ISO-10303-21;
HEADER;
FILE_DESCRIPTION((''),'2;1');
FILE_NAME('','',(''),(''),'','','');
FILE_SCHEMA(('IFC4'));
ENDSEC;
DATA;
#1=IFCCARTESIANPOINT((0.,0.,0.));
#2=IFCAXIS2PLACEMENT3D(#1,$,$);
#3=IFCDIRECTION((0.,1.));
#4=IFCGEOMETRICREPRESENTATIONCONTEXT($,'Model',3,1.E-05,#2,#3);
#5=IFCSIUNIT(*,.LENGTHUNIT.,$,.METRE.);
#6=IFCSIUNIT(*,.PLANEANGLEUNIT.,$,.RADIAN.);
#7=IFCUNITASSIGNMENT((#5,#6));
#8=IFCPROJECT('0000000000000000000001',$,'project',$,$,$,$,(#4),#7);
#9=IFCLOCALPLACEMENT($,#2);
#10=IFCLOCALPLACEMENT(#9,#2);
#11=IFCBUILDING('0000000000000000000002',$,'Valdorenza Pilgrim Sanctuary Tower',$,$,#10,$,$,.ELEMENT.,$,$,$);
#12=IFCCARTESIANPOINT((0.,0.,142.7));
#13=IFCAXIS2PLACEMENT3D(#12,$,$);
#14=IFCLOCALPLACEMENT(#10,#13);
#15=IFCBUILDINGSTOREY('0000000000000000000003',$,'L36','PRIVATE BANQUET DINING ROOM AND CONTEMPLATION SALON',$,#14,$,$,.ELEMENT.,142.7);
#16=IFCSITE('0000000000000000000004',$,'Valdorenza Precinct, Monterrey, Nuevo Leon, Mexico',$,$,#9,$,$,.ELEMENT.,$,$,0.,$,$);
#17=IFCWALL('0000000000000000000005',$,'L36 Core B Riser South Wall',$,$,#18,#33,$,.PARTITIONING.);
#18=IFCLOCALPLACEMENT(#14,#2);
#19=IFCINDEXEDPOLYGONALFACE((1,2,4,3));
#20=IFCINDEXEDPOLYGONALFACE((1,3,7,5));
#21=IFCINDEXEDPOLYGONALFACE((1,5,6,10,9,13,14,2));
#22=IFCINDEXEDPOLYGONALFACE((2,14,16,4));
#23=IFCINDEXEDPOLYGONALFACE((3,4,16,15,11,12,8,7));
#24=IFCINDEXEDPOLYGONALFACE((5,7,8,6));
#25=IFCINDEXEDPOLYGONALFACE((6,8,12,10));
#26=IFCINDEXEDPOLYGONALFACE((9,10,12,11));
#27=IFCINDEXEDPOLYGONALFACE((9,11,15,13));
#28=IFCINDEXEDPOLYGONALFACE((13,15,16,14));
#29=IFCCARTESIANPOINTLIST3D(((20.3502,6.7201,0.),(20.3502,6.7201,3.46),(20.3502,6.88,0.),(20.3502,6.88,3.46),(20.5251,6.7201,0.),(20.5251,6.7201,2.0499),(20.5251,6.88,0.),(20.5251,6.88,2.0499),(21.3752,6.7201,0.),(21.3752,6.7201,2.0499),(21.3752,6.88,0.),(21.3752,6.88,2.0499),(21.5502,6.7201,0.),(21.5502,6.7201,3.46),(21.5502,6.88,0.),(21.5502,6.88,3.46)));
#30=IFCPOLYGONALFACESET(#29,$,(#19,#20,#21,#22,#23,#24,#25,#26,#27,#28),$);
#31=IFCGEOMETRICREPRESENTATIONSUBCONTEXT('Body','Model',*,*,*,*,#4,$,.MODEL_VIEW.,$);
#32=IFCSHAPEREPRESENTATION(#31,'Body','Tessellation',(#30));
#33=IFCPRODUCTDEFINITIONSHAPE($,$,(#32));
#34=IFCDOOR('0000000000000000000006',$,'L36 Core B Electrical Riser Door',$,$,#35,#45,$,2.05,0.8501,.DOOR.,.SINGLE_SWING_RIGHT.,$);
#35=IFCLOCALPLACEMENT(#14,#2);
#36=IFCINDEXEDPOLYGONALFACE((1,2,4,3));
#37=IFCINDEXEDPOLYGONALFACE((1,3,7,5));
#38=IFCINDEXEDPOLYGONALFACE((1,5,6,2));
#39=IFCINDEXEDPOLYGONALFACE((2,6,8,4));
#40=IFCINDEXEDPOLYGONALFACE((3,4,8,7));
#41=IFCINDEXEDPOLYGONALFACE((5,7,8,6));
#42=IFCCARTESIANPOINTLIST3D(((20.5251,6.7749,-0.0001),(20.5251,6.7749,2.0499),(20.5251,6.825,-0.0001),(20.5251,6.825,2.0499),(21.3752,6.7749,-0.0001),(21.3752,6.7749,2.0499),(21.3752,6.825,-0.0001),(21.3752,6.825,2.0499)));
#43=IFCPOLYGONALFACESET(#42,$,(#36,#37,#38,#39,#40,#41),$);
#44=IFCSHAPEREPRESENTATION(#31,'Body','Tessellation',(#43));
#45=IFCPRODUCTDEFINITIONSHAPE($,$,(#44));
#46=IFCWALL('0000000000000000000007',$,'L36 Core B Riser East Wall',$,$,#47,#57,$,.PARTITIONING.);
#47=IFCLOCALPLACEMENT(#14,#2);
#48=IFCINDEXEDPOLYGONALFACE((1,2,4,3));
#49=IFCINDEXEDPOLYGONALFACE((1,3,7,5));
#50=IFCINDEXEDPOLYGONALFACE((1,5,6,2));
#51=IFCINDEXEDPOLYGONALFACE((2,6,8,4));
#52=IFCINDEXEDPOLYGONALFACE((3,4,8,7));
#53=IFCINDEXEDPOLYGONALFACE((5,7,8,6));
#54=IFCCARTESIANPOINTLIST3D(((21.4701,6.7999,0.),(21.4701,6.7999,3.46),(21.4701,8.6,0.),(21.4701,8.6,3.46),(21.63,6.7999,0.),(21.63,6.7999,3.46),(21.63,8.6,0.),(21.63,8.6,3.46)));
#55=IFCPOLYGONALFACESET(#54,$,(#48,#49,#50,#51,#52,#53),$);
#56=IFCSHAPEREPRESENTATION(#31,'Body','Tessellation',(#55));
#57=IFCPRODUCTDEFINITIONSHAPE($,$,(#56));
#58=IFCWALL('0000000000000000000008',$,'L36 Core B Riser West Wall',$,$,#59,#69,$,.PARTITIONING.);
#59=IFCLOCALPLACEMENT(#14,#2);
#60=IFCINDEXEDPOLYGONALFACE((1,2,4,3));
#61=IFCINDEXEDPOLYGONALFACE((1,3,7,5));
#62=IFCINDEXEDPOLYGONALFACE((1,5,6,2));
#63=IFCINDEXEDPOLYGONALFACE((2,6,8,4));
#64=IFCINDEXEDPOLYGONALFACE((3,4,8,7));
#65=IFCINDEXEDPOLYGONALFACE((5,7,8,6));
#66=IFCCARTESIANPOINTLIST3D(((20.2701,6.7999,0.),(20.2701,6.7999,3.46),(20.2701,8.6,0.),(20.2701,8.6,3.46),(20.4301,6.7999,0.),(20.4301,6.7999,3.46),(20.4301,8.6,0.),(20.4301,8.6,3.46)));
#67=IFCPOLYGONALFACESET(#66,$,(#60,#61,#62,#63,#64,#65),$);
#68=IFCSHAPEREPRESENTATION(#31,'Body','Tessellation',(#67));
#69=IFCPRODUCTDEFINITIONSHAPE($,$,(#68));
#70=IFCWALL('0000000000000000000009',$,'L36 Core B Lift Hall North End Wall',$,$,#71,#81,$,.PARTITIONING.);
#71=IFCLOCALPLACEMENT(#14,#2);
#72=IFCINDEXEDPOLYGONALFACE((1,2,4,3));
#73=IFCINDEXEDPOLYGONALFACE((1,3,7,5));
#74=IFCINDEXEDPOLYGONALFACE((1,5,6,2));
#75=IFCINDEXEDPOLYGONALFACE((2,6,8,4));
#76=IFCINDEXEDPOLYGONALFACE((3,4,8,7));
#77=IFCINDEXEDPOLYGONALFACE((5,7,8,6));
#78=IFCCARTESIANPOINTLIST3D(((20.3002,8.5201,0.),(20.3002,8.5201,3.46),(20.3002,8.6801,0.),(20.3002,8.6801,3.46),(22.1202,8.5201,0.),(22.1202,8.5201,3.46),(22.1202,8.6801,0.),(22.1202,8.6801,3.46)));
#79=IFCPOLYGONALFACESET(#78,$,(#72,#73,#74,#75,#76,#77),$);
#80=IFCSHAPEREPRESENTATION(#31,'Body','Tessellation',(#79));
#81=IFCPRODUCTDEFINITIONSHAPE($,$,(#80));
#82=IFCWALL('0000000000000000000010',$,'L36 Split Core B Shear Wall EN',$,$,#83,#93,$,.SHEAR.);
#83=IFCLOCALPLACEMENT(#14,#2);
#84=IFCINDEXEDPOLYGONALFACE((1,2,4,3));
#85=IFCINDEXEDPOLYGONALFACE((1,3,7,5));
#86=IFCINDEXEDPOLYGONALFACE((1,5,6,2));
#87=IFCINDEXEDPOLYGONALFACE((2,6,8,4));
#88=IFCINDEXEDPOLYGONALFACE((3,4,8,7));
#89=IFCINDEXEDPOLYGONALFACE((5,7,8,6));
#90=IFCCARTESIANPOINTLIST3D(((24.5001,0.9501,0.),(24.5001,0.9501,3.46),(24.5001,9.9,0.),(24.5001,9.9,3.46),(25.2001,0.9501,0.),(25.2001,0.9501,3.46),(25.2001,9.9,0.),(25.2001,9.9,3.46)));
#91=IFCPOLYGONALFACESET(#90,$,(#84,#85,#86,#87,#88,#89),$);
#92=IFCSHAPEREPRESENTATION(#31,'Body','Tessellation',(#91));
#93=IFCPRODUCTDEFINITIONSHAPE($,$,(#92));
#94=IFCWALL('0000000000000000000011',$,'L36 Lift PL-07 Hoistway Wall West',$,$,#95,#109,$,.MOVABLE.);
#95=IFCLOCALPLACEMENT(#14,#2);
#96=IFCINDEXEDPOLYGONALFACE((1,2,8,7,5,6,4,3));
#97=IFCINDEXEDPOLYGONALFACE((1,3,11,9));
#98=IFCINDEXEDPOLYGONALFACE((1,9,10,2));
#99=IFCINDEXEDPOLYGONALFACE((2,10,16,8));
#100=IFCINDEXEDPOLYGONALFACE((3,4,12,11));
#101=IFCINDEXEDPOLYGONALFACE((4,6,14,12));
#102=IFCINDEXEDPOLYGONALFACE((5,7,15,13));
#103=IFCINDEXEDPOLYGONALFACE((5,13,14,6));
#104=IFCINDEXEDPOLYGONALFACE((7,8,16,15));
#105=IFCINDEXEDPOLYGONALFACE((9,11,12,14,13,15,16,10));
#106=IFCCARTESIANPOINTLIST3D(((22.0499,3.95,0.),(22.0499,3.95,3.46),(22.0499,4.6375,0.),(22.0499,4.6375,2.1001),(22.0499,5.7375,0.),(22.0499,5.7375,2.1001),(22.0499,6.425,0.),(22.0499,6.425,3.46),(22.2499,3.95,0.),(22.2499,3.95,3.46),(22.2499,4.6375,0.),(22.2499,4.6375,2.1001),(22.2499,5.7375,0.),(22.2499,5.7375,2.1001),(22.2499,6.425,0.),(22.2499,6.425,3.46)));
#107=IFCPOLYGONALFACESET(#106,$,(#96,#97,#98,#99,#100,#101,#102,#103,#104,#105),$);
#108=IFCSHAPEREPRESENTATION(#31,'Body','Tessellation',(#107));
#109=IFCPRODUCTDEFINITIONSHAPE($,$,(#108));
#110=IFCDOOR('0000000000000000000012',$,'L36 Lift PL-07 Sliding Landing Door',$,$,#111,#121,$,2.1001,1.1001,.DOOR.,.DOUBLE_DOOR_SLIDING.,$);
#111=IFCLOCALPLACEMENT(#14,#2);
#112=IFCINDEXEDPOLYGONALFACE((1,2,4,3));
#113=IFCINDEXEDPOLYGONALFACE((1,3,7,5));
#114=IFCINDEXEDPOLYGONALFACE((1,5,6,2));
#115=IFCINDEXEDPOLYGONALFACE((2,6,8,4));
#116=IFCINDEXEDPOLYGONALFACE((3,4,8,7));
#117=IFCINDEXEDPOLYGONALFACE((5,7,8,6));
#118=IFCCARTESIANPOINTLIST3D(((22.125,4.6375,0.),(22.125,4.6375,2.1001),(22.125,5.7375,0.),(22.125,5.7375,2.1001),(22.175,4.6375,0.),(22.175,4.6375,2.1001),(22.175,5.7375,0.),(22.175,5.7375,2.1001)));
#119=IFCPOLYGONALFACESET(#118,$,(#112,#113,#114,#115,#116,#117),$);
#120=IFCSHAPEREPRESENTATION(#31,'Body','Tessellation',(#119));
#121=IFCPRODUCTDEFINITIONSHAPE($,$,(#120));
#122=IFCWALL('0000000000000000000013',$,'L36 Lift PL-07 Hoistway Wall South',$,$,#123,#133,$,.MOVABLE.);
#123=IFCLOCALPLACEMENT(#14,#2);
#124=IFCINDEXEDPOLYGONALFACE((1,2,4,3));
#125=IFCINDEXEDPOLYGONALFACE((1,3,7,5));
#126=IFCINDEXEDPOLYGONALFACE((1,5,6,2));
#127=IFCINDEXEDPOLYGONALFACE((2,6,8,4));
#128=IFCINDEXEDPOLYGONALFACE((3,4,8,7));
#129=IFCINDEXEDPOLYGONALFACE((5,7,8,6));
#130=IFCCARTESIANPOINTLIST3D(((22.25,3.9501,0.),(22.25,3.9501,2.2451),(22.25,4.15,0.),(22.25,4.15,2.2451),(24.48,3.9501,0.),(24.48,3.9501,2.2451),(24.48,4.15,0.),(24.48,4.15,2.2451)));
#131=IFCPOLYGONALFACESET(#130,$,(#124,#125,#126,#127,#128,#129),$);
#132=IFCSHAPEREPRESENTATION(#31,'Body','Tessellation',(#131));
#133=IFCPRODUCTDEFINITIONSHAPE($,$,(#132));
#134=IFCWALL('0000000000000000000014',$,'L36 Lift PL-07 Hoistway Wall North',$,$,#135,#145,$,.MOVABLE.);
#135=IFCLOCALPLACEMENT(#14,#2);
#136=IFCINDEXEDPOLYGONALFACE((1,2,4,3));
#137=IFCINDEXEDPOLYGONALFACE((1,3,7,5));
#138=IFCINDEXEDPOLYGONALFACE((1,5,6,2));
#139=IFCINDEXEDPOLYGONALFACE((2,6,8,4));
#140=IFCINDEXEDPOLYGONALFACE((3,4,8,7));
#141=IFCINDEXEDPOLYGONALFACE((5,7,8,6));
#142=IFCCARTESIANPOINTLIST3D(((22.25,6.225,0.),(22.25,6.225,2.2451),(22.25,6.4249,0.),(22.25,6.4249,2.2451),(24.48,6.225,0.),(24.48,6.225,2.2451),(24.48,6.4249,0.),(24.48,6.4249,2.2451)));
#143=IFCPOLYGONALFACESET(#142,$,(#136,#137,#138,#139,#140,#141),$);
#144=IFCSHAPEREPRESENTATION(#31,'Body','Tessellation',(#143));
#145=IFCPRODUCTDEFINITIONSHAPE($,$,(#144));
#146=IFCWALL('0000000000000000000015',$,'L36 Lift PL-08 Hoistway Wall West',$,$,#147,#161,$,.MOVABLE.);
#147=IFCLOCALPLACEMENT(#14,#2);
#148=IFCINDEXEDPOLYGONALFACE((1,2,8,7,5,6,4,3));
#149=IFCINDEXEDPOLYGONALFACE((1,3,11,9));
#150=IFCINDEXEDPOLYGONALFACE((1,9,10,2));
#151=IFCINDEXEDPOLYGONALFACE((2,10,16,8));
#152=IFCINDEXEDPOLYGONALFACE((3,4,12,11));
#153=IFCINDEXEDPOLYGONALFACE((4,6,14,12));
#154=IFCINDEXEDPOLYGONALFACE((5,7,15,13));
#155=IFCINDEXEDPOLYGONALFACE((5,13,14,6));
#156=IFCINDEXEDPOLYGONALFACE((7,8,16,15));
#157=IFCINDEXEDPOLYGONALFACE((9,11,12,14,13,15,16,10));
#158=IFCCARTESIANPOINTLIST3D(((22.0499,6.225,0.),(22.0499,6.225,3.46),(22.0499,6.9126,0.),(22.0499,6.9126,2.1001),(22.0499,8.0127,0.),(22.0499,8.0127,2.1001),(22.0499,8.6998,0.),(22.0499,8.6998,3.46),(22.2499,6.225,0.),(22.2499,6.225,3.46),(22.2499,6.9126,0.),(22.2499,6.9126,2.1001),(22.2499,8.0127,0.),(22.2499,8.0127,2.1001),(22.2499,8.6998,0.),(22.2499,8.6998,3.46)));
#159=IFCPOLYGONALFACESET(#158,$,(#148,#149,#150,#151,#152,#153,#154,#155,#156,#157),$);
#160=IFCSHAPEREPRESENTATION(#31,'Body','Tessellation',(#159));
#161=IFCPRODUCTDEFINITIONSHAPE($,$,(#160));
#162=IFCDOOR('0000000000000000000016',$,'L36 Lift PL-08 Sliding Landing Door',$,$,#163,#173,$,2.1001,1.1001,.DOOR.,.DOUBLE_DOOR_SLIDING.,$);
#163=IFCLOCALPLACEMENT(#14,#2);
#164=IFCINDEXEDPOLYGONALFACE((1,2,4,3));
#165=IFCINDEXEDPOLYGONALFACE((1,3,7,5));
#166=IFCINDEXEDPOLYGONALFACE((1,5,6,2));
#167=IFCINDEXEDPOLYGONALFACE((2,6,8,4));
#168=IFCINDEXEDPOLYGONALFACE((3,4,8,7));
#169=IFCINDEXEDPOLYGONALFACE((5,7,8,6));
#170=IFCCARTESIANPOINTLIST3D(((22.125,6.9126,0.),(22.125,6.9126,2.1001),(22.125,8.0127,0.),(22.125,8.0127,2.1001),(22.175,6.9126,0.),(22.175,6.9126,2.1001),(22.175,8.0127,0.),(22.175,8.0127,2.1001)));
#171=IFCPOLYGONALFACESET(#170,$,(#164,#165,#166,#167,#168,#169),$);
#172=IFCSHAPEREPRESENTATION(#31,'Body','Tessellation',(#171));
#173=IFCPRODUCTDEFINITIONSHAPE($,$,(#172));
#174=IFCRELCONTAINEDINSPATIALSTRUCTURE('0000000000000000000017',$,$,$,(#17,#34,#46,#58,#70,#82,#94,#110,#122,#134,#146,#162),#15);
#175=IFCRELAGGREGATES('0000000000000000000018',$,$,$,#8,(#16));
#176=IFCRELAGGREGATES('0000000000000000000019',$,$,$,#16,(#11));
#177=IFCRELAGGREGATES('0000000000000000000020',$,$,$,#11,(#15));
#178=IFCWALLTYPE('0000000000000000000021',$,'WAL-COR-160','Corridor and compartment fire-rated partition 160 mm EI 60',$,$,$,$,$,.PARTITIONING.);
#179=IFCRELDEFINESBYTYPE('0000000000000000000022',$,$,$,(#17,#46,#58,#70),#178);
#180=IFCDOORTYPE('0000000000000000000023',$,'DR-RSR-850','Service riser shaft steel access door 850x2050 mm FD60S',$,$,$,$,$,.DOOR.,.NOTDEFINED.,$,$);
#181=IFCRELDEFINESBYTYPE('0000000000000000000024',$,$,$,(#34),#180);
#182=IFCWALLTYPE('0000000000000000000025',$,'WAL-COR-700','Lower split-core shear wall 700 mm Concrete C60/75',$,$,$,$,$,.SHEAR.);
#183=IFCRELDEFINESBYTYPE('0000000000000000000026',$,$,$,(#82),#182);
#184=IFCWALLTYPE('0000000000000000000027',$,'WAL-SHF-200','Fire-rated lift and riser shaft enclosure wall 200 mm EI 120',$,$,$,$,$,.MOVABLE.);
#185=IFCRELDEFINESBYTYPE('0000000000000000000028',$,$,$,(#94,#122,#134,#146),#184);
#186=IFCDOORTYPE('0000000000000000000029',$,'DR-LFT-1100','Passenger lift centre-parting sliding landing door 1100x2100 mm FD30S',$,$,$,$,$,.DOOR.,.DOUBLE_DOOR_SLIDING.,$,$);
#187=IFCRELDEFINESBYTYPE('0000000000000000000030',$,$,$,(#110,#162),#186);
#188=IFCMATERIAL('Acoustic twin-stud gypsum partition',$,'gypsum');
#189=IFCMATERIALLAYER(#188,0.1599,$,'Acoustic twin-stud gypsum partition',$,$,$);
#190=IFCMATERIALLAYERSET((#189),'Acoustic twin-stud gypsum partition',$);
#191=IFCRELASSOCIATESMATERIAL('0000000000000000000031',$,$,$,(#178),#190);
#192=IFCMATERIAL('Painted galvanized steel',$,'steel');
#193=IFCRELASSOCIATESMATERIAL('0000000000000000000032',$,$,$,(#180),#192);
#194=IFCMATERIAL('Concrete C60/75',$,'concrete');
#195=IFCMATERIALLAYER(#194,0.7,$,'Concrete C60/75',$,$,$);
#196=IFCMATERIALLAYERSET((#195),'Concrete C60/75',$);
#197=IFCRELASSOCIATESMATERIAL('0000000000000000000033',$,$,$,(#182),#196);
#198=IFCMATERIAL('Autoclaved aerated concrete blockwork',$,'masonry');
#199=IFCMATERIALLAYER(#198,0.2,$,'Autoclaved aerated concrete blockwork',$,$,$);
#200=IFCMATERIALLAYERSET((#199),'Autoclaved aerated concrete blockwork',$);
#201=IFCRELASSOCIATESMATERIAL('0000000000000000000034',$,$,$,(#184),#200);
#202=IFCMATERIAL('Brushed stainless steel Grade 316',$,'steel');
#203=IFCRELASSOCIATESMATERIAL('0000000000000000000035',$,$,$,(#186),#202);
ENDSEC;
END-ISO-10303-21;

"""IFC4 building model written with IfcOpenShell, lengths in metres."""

from ifc_helpers import new_model, si_unit, direction, frame, frame_2d, origin, place, context, subcontext, project, spatial, rectangle, extrude, material, layer, layer_set, type_object, element, fill, save


model = new_model("IFC4")

# Units and contexts
model_context = context("Model", 3, precision=1e-05, world=origin(), true_north=direction((0.0, 1.0)))
body_context = subcontext(model_context, "Body", "Model", "MODEL_VIEW")
ifc_project = project(units=[si_unit("LENGTHUNIT", "METRE"), si_unit("PLANEANGLEUNIT", "RADIAN")], contexts=[model_context])

# Site, building, storey
site_placement = place(None, origin())
site = spatial("IfcSite", under=ifc_project, at=site_placement, Name="Valdorenza Precinct, Monterrey, Nuevo Leon, Mexico", CompositionType="ELEMENT", RefElevation=0.0)
building_placement = place(site_placement, origin())
building = spatial("IfcBuilding", under=site, at=building_placement, Name="Valdorenza Pilgrim Sanctuary Tower", CompositionType="ELEMENT")
storey_placement = place(building_placement, frame((0.0, 0.0, 142.7)))
storey = spatial("IfcBuildingStorey", under=building, at=storey_placement, Name="L36", Description="PRIVATE BANQUET DINING ROOM AND CONTEMPLATION SALON", CompositionType="ELEMENT", Elevation=142.7)

# Wall, opening, door
ifc_material_1 = material(Name="Acoustic twin-stud gypsum partition", Category="gypsum")
ifc_layer_1 = layer(ifc_material_1, 0.1599, Name="Acoustic twin-stud gypsum partition")
ifc_layer_set_1 = layer_set([ifc_layer_1], Name="Acoustic twin-stud gypsum partition")
wall_type_1 = type_object("IfcWallType", Name="WAL-COR-160", Description="Corridor and compartment fire-rated partition 160 mm EI 60", PredefinedType="PARTITIONING", material=ifc_layer_set_1)
wall_1_placement = place(storey_placement, frame((20.3501, 6.8, 0.0), z_axis=(0.0, 0.0, 1.0), x_axis=(1.0, 0.0, 0.0)))
wall_1 = element("IfcWall", 1, at=wall_1_placement, inside=storey, type_object=wall_type_1, Name="L36 Core B Riser South Wall", PredefinedType="PARTITIONING", context=body_context, shape_type="SweptSolid", body=[
    extrude(rectangle(XDim=1.2, YDim=0.1599, at=frame_2d((0.6001, 0.0))), origin(), (0.0, 0.0, 1.0), 3.46),
])
opening_1_placement = place(wall_1_placement, frame((0.175, 0.0, 0.0)))
opening_1 = element("IfcOpeningElement", 2, at=opening_1_placement, cuts=wall_1, PredefinedType="OPENING", context=body_context, shape_type="SweptSolid", body=[
    extrude(rectangle(XDim=0.8501, YDim=2.05, at=frame_2d((0.425, 1.0249))), frame((0.0, 0.0947, 0.0), z_axis=(0.0, -1.0, 0.0), x_axis=(1.0, 0.0, 0.0)), (0.0, 0.0, 1.0), 0.1897),
])
ifc_material_2 = material(Name="Painted galvanized steel", Category="steel")
door_type_1 = type_object("IfcDoorType", Name="DR-RSR-850", Description="Service riser shaft steel access door 850x2050 mm FD60S", OperationType="NOTDEFINED", PredefinedType="DOOR", material=ifc_material_2)
door_1_placement = place(opening_1_placement, origin())
door_1 = element("IfcDoor", 3, at=door_1_placement, inside=storey, type_object=door_type_1, Name="L36 Core B Electrical Riser Door", OperationType="SINGLE_SWING_RIGHT", OverallHeight=2.05, OverallWidth=0.8501, PredefinedType="DOOR", context=body_context, shape_type="SweptSolid", body=[
    extrude(rectangle(XDim=0.8501, YDim=2.05, at=frame_2d((0.425, 1.0249))), frame((0.0, 0.0249, 0.0), z_axis=(0.0, -1.0, 0.0), x_axis=(1.0, 0.0, 0.0)), (0.0, 0.0, 1.0), 0.05),
])
fill(opening_1, door_1)

# Walls
for number, where, z_axis, x_axis, name in (
    (4, (21.55, 6.8, 0.0), (0.0, 0.0, 1.0), (0.0, 1.0, 0.0), "L36 Core B Riser East Wall"),
    (5, (20.3501, 6.8, 0.0), (0.0, 0.0, 1.0), (0.0, 1.0, 0.0), "L36 Core B Riser West Wall"),
):
    element("IfcWall", number, at=place(storey_placement, frame(where, z_axis=z_axis, x_axis=x_axis)), inside=storey, type_object=wall_type_1, Name=name, PredefinedType="PARTITIONING", context=body_context, shape_type="SweptSolid", body=[
        extrude(rectangle(XDim=1.8, YDim=0.1599, at=frame_2d((0.8999, 0.0))), origin(), (0.0, 0.0, 1.0), 3.46),
    ])
wall_2_placement = place(storey_placement, frame((20.3, 8.6001, 0.0), z_axis=(0.0, 0.0, 1.0), x_axis=(1.0, 0.0, 0.0)))
element("IfcWall", 6, at=wall_2_placement, inside=storey, type_object=wall_type_1, Name="L36 Core B Lift Hall North End Wall", PredefinedType="PARTITIONING", context=body_context, shape_type="SweptSolid", body=[
    extrude(rectangle(XDim=1.8201, YDim=0.1599, at=frame_2d((0.9102, 0.0))), origin(), (0.0, 0.0, 1.0), 3.46),
])
ifc_material_3 = material(Name="Concrete C60/75", Category="concrete")
ifc_layer_2 = layer(ifc_material_3, 0.7, Name="Concrete C60/75")
ifc_layer_set_2 = layer_set([ifc_layer_2], Name="Concrete C60/75")
wall_type_2 = type_object("IfcWallType", Name="WAL-COR-700", Description="Lower split-core shear wall 700 mm Concrete C60/75", PredefinedType="SHEAR", material=ifc_layer_set_2)
wall_3_placement = place(storey_placement, frame((24.8501, 0.95, 0.0), z_axis=(0.0, 0.0, 1.0), x_axis=(0.0, 1.0, 0.0)))
element("IfcWall", 7, at=wall_3_placement, inside=storey, type_object=wall_type_2, Name="L36 Split Core B Shear Wall EN", PredefinedType="SHEAR", context=body_context, shape_type="SweptSolid", body=[
    extrude(rectangle(XDim=8.95, YDim=0.7, at=frame_2d((4.4751, 0.0))), origin(), (0.0, 0.0, 1.0), 3.46),
])

# Wall, opening, door
ifc_material_4 = material(Name="Autoclaved aerated concrete blockwork", Category="masonry")
ifc_layer_3 = layer(ifc_material_4, 0.2, Name="Autoclaved aerated concrete blockwork")
ifc_layer_set_3 = layer_set([ifc_layer_3], Name="Autoclaved aerated concrete blockwork")
wall_type_3 = type_object("IfcWallType", Name="WAL-SHF-200", Description="Fire-rated lift and riser shaft enclosure wall 200 mm EI 120", PredefinedType="MOVABLE", material=ifc_layer_set_3)
wall_4_placement = place(storey_placement, frame((22.1499, 3.95, 0.0), z_axis=(0.0, 0.0, 1.0), x_axis=(0.0, 1.0, 0.0)))
wall_4 = element("IfcWall", 8, at=wall_4_placement, inside=storey, type_object=wall_type_3, Name="L36 Lift PL-07 Hoistway Wall West", PredefinedType="MOVABLE", context=body_context, shape_type="SweptSolid", body=[
    extrude(rectangle(XDim=2.4751, YDim=0.2, at=frame_2d((1.2375, 0.0))), origin(), (0.0, 0.0, 1.0), 3.46),
])
opening_2_placement = place(wall_4_placement, frame((0.6875, 0.0, 0.0)))
opening_2 = element("IfcOpeningElement", 9, at=opening_2_placement, cuts=wall_4, PredefinedType="OPENING", context=body_context, shape_type="SweptSolid", body=[
    extrude(rectangle(XDim=1.1001, YDim=2.1001, at=frame_2d((0.55, 1.05))), frame((0.0, 0.1147, 0.0), z_axis=(0.0, -1.0, 0.0), x_axis=(1.0, 0.0, 0.0)), (0.0, 0.0, 1.0), 0.2297),
])
ifc_material_5 = material(Name="Brushed stainless steel Grade 316", Category="steel")
door_type_2 = type_object("IfcDoorType", Name="DR-LFT-1100", Description="Passenger lift centre-parting sliding landing door 1100x2100 mm FD30S", OperationType="DOUBLE_DOOR_SLIDING", PredefinedType="DOOR", material=ifc_material_5)
door_2_placement = place(opening_2_placement, origin())
door_2 = element("IfcDoor", 10, at=door_2_placement, inside=storey, type_object=door_type_2, Name="L36 Lift PL-07 Sliding Landing Door", OperationType="DOUBLE_DOOR_SLIDING", OverallHeight=2.1001, OverallWidth=1.1001, PredefinedType="DOOR", context=body_context, shape_type="SweptSolid", body=[
    extrude(rectangle(XDim=1.1001, YDim=2.1001, at=frame_2d((0.55, 1.05))), frame((0.0, 0.0249, 0.0), z_axis=(0.0, -1.0, 0.0), x_axis=(1.0, 0.0, 0.0)), (0.0, 0.0, 1.0), 0.05),
])
fill(opening_2, door_2)

# Walls
for number, where, z_axis, x_axis, name in (
    (11, (22.25, 4.05, 0.0), (0.0, 0.0, 1.0), (1.0, 0.0, 0.0), "L36 Lift PL-07 Hoistway Wall South"),
    (12, (22.25, 6.325, 0.0), (0.0, 0.0, 1.0), (1.0, 0.0, 0.0), "L36 Lift PL-07 Hoistway Wall North"),
):
    element("IfcWall", number, at=place(storey_placement, frame(where, z_axis=z_axis, x_axis=x_axis)), inside=storey, type_object=wall_type_3, Name=name, PredefinedType="MOVABLE", context=body_context, shape_type="SweptSolid", body=[
        extrude(rectangle(XDim=2.23, YDim=0.2, at=frame_2d((1.115, 0.0))), origin(), (0.0, 0.0, 1.0), 2.2451),
    ])

# Wall, opening, door
wall_5_placement = place(storey_placement, frame((22.1499, 6.2251, 0.0), z_axis=(0.0, 0.0, 1.0), x_axis=(0.0, 1.0, 0.0)))
wall_5 = element("IfcWall", 13, at=wall_5_placement, inside=storey, type_object=wall_type_3, Name="L36 Lift PL-08 Hoistway Wall West", PredefinedType="MOVABLE", context=body_context, shape_type="SweptSolid", body=[
    extrude(rectangle(XDim=2.4749, YDim=0.2, at=frame_2d((1.2373, 0.0))), origin(), (0.0, 0.0, 1.0), 3.46),
])
opening_3_placement = place(wall_5_placement, frame((0.6875, 0.0, 0.0)))
opening_3 = element("IfcOpeningElement", 14, at=opening_3_placement, cuts=wall_5, PredefinedType="OPENING", context=body_context, shape_type="SweptSolid", body=[
    extrude(rectangle(XDim=1.1001, YDim=2.1001, at=frame_2d((0.55, 1.05))), frame((0.0, 0.1147, 0.0), z_axis=(0.0, -1.0, 0.0), x_axis=(1.0, 0.0, 0.0)), (0.0, 0.0, 1.0), 0.2297),
])
door_3_placement = place(opening_3_placement, origin())
door_3 = element("IfcDoor", 15, at=door_3_placement, inside=storey, type_object=door_type_2, Name="L36 Lift PL-08 Sliding Landing Door", OperationType="DOUBLE_DOOR_SLIDING", OverallHeight=2.1001, OverallWidth=1.1001, PredefinedType="DOOR", context=body_context, shape_type="SweptSolid", body=[
    extrude(rectangle(XDim=1.1001, YDim=2.1001, at=frame_2d((0.55, 1.05))), frame((0.0, 0.0249, 0.0), z_axis=(0.0, -1.0, 0.0), x_axis=(1.0, 0.0, 0.0)), (0.0, 0.0, 1.0), 0.05),
])
fill(opening_3, door_3)

save(model, "model.ifc")
